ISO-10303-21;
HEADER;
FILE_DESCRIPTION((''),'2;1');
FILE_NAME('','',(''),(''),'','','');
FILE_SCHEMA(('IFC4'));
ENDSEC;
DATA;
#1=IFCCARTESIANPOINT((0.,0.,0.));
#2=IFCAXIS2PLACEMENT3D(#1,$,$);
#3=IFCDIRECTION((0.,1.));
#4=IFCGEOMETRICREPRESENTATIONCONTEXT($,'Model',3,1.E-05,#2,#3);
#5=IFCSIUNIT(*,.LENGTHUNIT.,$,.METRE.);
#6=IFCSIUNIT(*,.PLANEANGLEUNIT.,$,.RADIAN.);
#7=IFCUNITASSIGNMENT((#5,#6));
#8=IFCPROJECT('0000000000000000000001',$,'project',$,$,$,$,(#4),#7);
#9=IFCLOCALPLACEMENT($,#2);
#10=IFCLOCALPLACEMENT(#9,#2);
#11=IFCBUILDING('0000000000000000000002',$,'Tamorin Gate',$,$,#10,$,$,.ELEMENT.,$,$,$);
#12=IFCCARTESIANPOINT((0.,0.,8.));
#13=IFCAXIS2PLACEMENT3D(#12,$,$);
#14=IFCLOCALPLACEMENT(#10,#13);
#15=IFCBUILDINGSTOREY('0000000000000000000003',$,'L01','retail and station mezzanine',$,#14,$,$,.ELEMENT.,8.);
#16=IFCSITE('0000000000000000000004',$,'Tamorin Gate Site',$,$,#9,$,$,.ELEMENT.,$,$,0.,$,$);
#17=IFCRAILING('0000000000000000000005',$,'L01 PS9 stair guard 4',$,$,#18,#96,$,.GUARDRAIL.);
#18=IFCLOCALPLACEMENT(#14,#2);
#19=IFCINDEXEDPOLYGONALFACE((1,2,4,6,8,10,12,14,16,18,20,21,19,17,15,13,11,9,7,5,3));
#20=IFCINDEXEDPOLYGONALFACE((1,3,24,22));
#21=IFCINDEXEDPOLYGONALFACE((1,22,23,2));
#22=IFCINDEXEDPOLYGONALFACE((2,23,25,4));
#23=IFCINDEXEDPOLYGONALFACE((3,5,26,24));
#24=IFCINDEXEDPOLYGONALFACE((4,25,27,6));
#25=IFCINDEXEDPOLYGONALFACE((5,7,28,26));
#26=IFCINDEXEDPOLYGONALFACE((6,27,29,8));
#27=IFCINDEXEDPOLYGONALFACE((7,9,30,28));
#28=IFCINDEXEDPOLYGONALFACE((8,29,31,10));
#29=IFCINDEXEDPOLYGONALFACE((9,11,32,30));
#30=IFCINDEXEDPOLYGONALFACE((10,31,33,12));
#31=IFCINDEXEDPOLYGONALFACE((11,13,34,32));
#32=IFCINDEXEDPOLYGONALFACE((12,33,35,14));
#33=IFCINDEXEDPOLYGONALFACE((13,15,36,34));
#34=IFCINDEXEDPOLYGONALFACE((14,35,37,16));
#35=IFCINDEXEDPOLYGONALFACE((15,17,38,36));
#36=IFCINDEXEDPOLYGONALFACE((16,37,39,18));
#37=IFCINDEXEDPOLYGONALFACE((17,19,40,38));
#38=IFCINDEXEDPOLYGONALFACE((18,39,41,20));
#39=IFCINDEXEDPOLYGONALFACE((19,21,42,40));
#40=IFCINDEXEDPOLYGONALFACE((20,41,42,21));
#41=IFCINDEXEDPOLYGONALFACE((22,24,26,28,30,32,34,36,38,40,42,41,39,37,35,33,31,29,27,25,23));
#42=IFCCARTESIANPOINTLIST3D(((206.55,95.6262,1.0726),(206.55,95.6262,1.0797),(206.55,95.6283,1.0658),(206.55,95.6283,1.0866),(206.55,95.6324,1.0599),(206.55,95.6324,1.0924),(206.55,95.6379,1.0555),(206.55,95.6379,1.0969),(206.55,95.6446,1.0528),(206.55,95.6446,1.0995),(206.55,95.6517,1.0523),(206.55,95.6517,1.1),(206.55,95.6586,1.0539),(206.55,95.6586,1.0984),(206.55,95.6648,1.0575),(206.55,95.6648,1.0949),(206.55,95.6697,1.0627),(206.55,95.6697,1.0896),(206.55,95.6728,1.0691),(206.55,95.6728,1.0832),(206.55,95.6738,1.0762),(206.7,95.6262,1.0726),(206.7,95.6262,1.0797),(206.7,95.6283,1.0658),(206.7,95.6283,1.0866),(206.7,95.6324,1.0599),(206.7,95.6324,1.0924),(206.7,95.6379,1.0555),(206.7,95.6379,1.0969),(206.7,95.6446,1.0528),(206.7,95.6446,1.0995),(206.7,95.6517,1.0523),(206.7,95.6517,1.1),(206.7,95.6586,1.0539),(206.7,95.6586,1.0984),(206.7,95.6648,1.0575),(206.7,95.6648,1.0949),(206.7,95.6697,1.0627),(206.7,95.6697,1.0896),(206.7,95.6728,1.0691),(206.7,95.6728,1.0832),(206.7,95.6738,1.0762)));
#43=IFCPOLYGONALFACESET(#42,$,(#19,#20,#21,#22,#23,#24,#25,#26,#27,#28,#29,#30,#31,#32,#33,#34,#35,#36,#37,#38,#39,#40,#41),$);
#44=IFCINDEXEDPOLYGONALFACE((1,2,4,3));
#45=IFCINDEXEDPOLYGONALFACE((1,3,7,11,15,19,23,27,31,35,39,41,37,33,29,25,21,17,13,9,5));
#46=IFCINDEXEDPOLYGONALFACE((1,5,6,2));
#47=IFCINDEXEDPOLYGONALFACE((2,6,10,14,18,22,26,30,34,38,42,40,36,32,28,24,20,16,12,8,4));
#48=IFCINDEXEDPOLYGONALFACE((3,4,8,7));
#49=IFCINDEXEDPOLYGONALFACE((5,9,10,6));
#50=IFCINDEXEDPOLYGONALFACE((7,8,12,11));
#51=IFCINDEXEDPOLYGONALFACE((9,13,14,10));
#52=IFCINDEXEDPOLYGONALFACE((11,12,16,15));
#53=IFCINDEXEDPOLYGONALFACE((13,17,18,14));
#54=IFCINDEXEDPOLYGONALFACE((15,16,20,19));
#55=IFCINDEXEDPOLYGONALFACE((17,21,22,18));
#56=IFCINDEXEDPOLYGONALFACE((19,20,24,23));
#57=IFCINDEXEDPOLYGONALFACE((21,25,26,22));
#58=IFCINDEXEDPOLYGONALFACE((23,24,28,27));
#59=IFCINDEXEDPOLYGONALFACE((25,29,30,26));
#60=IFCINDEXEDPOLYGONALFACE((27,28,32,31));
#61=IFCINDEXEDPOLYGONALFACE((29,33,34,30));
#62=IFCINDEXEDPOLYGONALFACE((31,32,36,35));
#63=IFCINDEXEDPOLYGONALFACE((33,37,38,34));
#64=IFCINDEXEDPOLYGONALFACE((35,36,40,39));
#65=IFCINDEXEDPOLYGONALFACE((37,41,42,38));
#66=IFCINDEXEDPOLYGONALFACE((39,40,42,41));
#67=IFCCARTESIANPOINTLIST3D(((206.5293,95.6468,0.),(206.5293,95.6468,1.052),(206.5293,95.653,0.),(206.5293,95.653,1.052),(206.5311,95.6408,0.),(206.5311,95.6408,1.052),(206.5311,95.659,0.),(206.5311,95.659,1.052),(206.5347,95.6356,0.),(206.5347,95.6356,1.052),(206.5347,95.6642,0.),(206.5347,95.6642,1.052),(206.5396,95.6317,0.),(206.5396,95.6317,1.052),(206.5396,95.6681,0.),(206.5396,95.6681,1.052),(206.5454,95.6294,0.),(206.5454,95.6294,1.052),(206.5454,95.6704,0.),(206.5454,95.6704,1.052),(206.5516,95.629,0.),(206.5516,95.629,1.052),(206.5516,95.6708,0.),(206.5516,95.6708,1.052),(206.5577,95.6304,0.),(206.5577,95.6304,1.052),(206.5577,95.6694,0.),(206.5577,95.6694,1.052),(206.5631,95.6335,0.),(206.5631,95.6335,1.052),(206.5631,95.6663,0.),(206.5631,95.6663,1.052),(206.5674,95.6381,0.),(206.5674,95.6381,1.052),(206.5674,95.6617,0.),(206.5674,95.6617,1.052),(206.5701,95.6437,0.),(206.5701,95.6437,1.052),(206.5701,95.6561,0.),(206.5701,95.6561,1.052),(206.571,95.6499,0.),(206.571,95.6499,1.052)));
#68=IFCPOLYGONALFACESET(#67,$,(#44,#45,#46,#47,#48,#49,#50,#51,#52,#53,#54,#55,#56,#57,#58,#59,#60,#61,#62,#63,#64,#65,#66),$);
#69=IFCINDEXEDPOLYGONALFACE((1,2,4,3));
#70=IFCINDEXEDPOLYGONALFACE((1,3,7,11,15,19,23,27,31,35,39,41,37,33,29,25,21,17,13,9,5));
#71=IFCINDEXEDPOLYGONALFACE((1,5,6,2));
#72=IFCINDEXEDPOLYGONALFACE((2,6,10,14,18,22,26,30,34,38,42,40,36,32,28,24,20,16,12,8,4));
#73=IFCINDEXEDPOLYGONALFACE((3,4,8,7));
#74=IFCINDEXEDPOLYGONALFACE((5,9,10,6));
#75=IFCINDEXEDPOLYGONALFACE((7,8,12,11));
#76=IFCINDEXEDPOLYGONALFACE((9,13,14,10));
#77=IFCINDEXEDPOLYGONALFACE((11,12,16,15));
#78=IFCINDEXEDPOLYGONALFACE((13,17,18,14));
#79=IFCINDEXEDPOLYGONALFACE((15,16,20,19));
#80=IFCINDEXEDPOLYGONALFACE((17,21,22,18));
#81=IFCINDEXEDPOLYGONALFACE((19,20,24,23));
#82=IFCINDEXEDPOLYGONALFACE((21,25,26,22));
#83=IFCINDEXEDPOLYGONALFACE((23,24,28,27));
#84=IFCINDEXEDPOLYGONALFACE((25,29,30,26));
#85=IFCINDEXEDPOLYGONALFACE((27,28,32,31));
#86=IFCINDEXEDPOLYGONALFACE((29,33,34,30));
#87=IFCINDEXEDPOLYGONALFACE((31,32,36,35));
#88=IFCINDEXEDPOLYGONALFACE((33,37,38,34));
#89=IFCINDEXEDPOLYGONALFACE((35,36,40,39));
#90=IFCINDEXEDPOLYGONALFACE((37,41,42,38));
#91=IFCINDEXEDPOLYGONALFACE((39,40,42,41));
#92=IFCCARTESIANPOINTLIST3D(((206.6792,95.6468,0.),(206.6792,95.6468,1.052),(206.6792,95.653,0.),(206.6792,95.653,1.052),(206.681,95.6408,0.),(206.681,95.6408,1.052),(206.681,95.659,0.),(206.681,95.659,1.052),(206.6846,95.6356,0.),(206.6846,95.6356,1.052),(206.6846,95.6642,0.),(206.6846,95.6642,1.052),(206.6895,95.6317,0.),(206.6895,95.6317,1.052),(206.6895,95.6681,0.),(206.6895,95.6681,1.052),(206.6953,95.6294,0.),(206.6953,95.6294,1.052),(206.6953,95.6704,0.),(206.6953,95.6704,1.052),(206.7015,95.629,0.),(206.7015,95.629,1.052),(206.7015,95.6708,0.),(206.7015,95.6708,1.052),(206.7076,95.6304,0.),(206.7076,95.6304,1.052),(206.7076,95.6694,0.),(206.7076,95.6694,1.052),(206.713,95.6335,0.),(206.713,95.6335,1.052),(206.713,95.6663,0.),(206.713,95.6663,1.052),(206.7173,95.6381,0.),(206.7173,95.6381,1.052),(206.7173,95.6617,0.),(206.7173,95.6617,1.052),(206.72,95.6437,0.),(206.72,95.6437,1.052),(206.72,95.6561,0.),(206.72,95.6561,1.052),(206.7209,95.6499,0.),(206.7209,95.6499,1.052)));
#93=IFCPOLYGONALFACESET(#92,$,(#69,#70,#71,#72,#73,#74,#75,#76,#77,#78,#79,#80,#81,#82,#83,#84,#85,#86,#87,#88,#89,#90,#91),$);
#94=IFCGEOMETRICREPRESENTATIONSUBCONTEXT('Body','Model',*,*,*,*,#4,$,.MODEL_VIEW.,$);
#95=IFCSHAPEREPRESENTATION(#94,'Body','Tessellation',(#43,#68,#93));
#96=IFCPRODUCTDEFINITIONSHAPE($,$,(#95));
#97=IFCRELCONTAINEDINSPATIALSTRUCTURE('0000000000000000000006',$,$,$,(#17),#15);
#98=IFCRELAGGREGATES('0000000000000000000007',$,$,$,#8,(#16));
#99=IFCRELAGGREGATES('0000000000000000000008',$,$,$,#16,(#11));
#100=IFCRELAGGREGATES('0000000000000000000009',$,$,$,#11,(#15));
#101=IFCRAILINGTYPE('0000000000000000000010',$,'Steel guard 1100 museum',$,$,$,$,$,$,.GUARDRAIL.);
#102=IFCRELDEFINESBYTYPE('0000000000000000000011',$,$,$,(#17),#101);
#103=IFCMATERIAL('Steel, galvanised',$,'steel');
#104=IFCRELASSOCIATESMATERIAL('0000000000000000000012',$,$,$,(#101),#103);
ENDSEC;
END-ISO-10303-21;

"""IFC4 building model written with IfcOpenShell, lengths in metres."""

from ifc_helpers import new_model, si_unit, direction, frame, origin, origin_2d, place, context, subcontext, project, spatial, circle, extrude, material, type_object, element, save


model = new_model("IFC4")

# Units and contexts
model_context = context("Model", 3, precision=1e-05, world=origin(), true_north=direction((0.0, 1.0)))
body_context = subcontext(model_context, "Body", "Model", "MODEL_VIEW")
ifc_project = project(units=[si_unit("LENGTHUNIT", "METRE"), si_unit("PLANEANGLEUNIT", "RADIAN")], contexts=[model_context])

# Site, building, storey
site_placement = place(None, origin())
site = spatial("IfcSite", under=ifc_project, at=site_placement, Name="Tamorin Gate Site", CompositionType="ELEMENT", RefElevation=0.0)
building_placement = place(site_placement, origin())
building = spatial("IfcBuilding", under=site, at=building_placement, Name="Tamorin Gate", CompositionType="ELEMENT")
storey_placement = place(building_placement, frame((0.0, 0.0, 8.0)))
storey = spatial("IfcBuildingStorey", under=building, at=storey_placement, Name="L01", Description="retail and station mezzanine", CompositionType="ELEMENT", Elevation=8.0)

# Railing
ifc_material_1 = material(Name="Steel, galvanised", Category="steel")
railing_type_1 = type_object("IfcRailingType", Name="Steel guard 1100 museum", PredefinedType="GUARDRAIL", material=ifc_material_1)
railing_1_placement = place(storey_placement, frame((206.55, 95.6499, 0.0)))
element("IfcRailing", 1, at=railing_1_placement, inside=storey, type_object=railing_type_1, Name="L01 PS9 stair guard 4", PredefinedType="GUARDRAIL", context=body_context, shape_type="SweptSolid", body=[
    extrude(circle(Radius=0.0239, at=origin_2d()), frame((0.0, 0.0, 1.0762), z_axis=(1.0, 0.0, 0.0), x_axis=(0.0, 1.0, 0.0)), (0.0, 0.0, 1.0), 0.1499),
    extrude(circle(Radius=0.021, at=origin_2d()), origin(), (0.0, 0.0, 1.0), 1.052),
    extrude(circle(Radius=0.021, at=origin_2d()), frame((0.1499, 0.0, 0.0)), (0.0, 0.0, 1.0), 1.052),
])

save(model, "model.ifc")
